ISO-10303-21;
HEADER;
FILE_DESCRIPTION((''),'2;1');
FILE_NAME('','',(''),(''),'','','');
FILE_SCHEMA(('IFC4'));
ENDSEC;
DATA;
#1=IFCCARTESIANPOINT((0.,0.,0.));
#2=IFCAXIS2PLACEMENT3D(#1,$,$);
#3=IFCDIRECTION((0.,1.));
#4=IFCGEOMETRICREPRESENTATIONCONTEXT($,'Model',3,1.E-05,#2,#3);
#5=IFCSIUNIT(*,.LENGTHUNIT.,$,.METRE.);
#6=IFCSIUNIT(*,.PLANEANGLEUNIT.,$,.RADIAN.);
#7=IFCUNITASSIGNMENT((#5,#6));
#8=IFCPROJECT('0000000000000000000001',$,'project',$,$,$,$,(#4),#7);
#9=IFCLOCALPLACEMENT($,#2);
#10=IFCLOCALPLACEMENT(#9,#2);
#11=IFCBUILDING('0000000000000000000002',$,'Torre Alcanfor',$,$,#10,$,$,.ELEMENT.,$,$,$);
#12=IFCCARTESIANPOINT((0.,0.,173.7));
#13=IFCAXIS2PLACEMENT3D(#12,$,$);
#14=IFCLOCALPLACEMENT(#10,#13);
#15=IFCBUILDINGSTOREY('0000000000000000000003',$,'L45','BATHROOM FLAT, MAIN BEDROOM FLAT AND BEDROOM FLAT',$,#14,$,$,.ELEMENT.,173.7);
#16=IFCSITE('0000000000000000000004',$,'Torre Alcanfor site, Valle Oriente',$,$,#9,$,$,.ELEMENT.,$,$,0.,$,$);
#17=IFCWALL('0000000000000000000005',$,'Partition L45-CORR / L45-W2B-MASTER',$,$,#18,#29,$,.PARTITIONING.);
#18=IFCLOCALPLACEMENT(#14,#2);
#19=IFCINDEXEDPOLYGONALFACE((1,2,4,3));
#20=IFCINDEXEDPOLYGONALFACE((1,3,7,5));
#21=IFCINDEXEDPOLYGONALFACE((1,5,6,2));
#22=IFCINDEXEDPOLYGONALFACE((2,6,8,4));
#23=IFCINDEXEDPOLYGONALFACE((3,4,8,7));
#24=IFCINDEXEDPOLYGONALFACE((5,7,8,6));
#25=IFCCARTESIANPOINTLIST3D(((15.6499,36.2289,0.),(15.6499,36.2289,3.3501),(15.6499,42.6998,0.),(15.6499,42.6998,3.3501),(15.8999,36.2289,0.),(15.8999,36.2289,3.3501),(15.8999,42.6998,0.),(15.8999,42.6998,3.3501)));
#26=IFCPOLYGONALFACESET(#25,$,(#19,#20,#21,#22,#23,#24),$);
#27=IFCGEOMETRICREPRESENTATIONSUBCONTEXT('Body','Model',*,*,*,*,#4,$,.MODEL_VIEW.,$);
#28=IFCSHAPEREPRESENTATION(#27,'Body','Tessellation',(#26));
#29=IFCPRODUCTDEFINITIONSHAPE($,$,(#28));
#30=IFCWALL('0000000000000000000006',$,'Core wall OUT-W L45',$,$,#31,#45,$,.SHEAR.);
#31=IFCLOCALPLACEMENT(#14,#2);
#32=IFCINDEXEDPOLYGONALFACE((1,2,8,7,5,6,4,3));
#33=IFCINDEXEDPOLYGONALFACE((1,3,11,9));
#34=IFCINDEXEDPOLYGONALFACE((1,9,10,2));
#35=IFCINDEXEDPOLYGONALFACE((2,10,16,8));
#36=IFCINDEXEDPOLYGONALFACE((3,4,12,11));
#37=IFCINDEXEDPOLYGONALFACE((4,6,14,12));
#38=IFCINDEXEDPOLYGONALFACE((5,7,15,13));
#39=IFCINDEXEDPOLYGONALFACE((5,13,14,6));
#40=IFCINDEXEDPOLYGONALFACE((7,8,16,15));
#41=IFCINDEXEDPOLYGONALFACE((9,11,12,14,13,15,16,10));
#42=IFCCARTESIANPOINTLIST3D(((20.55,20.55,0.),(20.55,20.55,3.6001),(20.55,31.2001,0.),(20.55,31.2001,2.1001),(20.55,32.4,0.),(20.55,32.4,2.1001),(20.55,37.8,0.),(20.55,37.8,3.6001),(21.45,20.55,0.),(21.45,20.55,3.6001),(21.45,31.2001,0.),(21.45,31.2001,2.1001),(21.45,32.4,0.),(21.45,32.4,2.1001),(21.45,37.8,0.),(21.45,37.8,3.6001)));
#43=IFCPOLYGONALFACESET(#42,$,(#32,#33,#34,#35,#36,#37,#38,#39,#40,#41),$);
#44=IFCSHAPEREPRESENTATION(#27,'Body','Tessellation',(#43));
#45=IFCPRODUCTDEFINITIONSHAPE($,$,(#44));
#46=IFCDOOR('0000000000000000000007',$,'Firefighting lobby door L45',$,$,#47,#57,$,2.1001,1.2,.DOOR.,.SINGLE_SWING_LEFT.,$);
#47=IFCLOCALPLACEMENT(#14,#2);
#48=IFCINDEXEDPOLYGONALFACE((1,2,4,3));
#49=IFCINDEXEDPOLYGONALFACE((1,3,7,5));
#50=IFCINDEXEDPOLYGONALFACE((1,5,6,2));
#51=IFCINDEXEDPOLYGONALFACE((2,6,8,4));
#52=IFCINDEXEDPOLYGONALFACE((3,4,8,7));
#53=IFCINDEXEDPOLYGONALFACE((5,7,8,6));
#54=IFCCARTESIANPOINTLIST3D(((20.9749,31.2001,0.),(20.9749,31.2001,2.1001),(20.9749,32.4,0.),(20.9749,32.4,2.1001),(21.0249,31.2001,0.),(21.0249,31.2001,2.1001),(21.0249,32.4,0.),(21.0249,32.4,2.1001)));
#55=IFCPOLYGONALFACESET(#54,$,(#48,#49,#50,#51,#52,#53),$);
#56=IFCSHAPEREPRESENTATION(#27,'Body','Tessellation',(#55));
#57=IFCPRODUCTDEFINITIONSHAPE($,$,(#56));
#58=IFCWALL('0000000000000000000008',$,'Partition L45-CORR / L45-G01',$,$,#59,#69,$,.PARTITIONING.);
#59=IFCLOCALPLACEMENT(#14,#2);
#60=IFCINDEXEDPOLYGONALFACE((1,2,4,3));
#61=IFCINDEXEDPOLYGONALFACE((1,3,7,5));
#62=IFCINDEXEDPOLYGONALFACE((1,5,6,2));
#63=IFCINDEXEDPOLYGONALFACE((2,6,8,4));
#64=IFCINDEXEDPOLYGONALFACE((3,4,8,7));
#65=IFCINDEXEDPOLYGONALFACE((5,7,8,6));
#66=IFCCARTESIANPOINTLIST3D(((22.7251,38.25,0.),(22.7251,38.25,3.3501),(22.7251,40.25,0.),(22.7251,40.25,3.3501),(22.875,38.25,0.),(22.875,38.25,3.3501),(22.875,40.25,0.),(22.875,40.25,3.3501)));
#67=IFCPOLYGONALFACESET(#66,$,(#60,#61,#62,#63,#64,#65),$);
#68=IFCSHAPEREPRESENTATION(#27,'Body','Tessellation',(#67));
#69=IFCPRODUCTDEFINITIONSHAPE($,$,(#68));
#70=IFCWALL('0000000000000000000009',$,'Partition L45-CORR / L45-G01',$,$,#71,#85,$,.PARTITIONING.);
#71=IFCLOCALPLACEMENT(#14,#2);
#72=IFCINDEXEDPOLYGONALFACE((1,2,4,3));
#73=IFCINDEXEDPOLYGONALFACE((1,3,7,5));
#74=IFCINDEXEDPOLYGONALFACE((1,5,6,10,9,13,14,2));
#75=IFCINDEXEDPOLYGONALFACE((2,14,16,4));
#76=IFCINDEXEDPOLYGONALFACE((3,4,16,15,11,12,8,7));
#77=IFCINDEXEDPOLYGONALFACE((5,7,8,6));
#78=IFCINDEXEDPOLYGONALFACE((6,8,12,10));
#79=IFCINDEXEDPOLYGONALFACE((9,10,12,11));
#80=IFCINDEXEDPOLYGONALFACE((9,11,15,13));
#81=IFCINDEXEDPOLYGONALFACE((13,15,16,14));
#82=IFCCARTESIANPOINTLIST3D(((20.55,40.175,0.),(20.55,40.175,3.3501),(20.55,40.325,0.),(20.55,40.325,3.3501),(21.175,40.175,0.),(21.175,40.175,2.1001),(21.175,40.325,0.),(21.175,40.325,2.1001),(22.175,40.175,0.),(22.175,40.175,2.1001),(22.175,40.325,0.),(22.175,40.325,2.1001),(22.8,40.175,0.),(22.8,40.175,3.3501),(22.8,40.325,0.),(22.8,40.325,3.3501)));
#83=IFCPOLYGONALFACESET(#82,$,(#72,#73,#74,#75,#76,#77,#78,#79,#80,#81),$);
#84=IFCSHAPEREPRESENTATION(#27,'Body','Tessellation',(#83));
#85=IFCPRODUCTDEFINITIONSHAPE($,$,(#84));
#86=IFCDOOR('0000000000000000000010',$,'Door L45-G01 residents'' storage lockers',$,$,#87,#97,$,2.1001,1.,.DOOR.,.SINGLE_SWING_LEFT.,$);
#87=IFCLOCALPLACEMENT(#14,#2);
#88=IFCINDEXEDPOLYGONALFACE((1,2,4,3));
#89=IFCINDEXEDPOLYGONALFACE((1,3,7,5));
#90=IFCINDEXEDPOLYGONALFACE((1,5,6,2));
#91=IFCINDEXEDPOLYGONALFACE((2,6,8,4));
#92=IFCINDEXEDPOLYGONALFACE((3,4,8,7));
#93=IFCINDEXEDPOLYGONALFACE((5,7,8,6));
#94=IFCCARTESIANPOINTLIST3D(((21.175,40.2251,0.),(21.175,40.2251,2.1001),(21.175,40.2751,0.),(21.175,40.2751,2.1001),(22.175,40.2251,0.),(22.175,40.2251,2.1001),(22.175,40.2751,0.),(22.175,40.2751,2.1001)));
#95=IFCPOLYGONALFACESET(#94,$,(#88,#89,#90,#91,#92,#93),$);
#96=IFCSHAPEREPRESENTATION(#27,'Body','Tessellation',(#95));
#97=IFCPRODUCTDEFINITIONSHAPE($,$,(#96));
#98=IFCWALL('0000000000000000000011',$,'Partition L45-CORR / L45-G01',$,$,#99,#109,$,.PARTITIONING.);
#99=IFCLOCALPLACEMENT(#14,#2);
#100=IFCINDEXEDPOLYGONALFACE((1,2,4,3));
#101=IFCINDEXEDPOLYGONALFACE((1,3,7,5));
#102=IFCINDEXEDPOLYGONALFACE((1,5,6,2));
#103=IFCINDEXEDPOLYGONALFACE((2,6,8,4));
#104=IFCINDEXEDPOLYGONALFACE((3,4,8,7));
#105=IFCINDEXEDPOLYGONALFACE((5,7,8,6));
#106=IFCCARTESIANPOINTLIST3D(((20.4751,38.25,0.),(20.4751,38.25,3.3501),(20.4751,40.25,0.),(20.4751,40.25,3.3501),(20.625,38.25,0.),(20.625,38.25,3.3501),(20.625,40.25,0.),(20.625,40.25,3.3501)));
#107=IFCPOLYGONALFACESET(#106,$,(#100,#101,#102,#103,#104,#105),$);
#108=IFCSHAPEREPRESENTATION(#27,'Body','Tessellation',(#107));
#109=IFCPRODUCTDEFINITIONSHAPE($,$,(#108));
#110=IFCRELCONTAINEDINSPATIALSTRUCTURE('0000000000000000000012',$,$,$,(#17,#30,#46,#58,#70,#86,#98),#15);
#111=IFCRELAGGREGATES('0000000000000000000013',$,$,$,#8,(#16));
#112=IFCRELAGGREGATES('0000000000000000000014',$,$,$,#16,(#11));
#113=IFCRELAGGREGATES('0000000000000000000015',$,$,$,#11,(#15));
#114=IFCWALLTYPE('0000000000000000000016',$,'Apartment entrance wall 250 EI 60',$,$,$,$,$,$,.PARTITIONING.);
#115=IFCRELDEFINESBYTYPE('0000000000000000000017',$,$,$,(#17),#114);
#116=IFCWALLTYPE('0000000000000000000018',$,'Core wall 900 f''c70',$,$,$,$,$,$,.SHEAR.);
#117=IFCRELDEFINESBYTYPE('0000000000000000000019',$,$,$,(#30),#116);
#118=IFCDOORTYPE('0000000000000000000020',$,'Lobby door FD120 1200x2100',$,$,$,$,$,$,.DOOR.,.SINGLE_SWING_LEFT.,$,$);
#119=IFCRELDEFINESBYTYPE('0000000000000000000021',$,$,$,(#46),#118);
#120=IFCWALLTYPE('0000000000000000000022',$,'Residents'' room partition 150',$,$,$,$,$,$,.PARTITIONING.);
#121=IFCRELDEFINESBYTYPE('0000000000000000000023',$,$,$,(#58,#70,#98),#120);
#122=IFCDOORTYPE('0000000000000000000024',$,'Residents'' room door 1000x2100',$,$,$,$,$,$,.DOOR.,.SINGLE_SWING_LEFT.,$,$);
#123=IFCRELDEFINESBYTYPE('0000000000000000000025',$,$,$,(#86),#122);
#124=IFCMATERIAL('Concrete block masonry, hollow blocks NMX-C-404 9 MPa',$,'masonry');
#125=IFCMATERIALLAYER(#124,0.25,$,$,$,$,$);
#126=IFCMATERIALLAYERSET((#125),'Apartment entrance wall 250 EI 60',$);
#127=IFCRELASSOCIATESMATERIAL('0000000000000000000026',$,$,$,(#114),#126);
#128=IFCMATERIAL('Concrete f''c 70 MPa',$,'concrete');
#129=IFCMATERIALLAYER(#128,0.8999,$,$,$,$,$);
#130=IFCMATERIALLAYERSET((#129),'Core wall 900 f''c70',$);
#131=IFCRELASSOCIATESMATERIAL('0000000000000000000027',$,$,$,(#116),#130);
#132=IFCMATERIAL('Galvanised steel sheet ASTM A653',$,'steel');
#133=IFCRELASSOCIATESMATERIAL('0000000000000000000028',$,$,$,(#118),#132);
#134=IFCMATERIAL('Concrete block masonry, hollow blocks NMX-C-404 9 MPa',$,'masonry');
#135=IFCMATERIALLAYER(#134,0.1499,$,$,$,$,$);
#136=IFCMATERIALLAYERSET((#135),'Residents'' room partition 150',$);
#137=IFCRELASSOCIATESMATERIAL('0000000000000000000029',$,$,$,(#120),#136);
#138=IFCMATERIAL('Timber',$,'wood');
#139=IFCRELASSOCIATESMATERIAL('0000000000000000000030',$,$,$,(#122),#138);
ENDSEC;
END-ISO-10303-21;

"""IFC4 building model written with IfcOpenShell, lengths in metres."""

from ifc_helpers import new_model, si_unit, direction, frame, frame_2d, origin, place, context, subcontext, project, spatial, rectangle, extrude, material, layer, layer_set, type_object, element, fill, save


model = new_model("IFC4")

# Units and contexts
model_context = context("Model", 3, precision=1e-05, world=origin(), true_north=direction((0.0, 1.0)))
body_context = subcontext(model_context, "Body", "Model", "MODEL_VIEW")
ifc_project = project(units=[si_unit("LENGTHUNIT", "METRE"), si_unit("PLANEANGLEUNIT", "RADIAN")], contexts=[model_context])

# Site, building, storey
site_placement = place(None, origin())
site = spatial("IfcSite", under=ifc_project, at=site_placement, Name="Torre Alcanfor site, Valle Oriente", CompositionType="ELEMENT", RefElevation=0.0)
building_placement = place(site_placement, origin())
building = spatial("IfcBuilding", under=site, at=building_placement, Name="Torre Alcanfor", CompositionType="ELEMENT")
storey_placement = place(building_placement, frame((0.0, 0.0, 173.7)))
storey = spatial("IfcBuildingStorey", under=building, at=storey_placement, Name="L45", Description="BATHROOM FLAT, MAIN BEDROOM FLAT AND BEDROOM FLAT", CompositionType="ELEMENT", Elevation=173.7)

# Wall
ifc_material_1 = material(Name="Concrete block masonry, hollow blocks NMX-C-404 9 MPa", Category="masonry")
ifc_layer_1 = layer(ifc_material_1, 0.25)
ifc_layer_set_1 = layer_set([ifc_layer_1], Name="Apartment entrance wall 250 EI 60")
wall_type_1 = type_object("IfcWallType", Name="Apartment entrance wall 250 EI 60", PredefinedType="PARTITIONING", material=ifc_layer_set_1)
wall_1_placement = place(storey_placement, frame((15.7749, 36.229, 0.0), z_axis=(0.0, 0.0, 1.0), x_axis=(0.0, 1.0, 0.0)))
element("IfcWall", 1, at=wall_1_placement, inside=storey, type_object=wall_type_1, Name="Partition L45-CORR / L45-W2B-MASTER", PredefinedType="PARTITIONING", context=body_context, shape_type="SweptSolid", body=[
    extrude(rectangle(XDim=6.4709, YDim=0.25, at=frame_2d((3.2354, 0.0))), origin(), (0.0, 0.0, 1.0), 3.3501),
])

# Wall, opening, door
ifc_material_2 = material(Name="Concrete f'c 70 MPa", Category="concrete")
ifc_layer_2 = layer(ifc_material_2, 0.8999)
ifc_layer_set_2 = layer_set([ifc_layer_2], Name="Core wall 900 f'c70")
wall_type_2 = type_object("IfcWallType", Name="Core wall 900 f'c70", PredefinedType="SHEAR", material=ifc_layer_set_2)
wall_2_placement = place(storey_placement, frame((21.0, 37.8, 0.0), z_axis=(0.0, 0.0, 1.0), x_axis=(0.0, -1.0, 0.0)))
wall_2 = element("IfcWall", 2, at=wall_2_placement, inside=storey, type_object=wall_type_2, Name="Core wall OUT-W L45", PredefinedType="SHEAR", context=body_context, shape_type="SweptSolid", body=[
    extrude(rectangle(XDim=17.25, YDim=0.8999, at=frame_2d((8.625, 0.0))), origin(), (0.0, 0.0, 1.0), 3.6001),
])
opening_1_placement = place(wall_2_placement, frame((5.3999, 0.0, 0.0)))
opening_1 = element("IfcOpeningElement", 3, at=opening_1_placement, cuts=wall_2, PredefinedType="OPENING", context=body_context, shape_type="SweptSolid", body=[
    extrude(rectangle(XDim=1.2, YDim=2.1001, at=frame_2d((0.6001, 1.05))), frame((0.0, 0.46, 0.0), z_axis=(0.0, -1.0, 0.0), x_axis=(1.0, 0.0, 0.0)), (0.0, 0.0, 1.0), 0.9199),
])
ifc_material_3 = material(Name="Galvanised steel sheet ASTM A653", Category="steel")
door_type_1 = type_object("IfcDoorType", Name="Lobby door FD120 1200x2100", OperationType="SINGLE_SWING_LEFT", PredefinedType="DOOR", material=ifc_material_3)
door_1_placement = place(opening_1_placement, origin())
door_1 = element("IfcDoor", 4, at=door_1_placement, inside=storey, type_object=door_type_1, Name="Firefighting lobby door L45", OperationType="SINGLE_SWING_LEFT", OverallHeight=2.1001, OverallWidth=1.2, PredefinedType="DOOR", context=body_context, shape_type="SweptSolid", body=[
    extrude(rectangle(XDim=1.2, YDim=2.1001, at=frame_2d((0.6001, 1.05))), frame((0.0, 0.0249, 0.0), z_axis=(0.0, -1.0, 0.0), x_axis=(1.0, 0.0, 0.0)), (0.0, 0.0, 1.0), 0.05),
])
fill(opening_1, door_1)

# Wall
ifc_material_4 = material(Name="Concrete block masonry, hollow blocks NMX-C-404 9 MPa", Category="masonry")
ifc_layer_3 = layer(ifc_material_4, 0.1499)
ifc_layer_set_3 = layer_set([ifc_layer_3], Name="Residents' room partition 150")
wall_type_3 = type_object("IfcWallType", Name="Residents' room partition 150", PredefinedType="PARTITIONING", material=ifc_layer_set_3)
wall_3_placement = place(storey_placement, frame((22.8, 38.25, 0.0), z_axis=(0.0, 0.0, 1.0), x_axis=(0.0, 1.0, 0.0)))
element("IfcWall", 5, at=wall_3_placement, inside=storey, type_object=wall_type_3, Name="Partition L45-CORR / L45-G01", PredefinedType="PARTITIONING", context=body_context, shape_type="SweptSolid", body=[
    extrude(rectangle(XDim=2.0, YDim=0.1499, at=frame_2d((1.0, 0.0))), origin(), (0.0, 0.0, 1.0), 3.3501),
])

# Wall, opening, door
wall_4_placement = place(storey_placement, frame((22.8, 40.25, 0.0), z_axis=(0.0, 0.0, 1.0), x_axis=(-1.0, 0.0, 0.0)))
wall_4 = element("IfcWall", 6, at=wall_4_placement, inside=storey, type_object=wall_type_3, Name="Partition L45-CORR / L45-G01", PredefinedType="PARTITIONING", context=body_context, shape_type="SweptSolid", body=[
    extrude(rectangle(XDim=2.25, YDim=0.1499, at=frame_2d((1.125, 0.0))), origin(), (0.0, 0.0, 1.0), 3.3501),
])
opening_2_placement = place(wall_4_placement, frame((0.625, 0.0, 0.0)))
opening_2 = element("IfcOpeningElement", 7, at=opening_2_placement, cuts=wall_4, PredefinedType="OPENING", context=body_context, shape_type="SweptSolid", body=[
    extrude(rectangle(XDim=1.0, YDim=2.1001, at=frame_2d((0.5, 1.05))), frame((0.0, 0.085, 0.0), z_axis=(0.0, -1.0, 0.0), x_axis=(1.0, 0.0, 0.0)), (0.0, 0.0, 1.0), 0.1699),
])
ifc_material_5 = material(Name="Timber", Category="wood")
door_type_2 = type_object("IfcDoorType", Name="Residents' room door 1000x2100", OperationType="SINGLE_SWING_LEFT", PredefinedType="DOOR", material=ifc_material_5)
door_2_placement = place(opening_2_placement, origin())
door_2 = element("IfcDoor", 8, at=door_2_placement, inside=storey, type_object=door_type_2, Name="Door L45-G01 residents' storage lockers", OperationType="SINGLE_SWING_LEFT", OverallHeight=2.1001, OverallWidth=1.0, PredefinedType="DOOR", context=body_context, shape_type="SweptSolid", body=[
    extrude(rectangle(XDim=1.0, YDim=2.1001, at=frame_2d((0.5, 1.05))), frame((0.0, 0.0249, 0.0), z_axis=(0.0, -1.0, 0.0), x_axis=(1.0, 0.0, 0.0)), (0.0, 0.0, 1.0), 0.05),
])
fill(opening_2, door_2)

# Wall
wall_5_placement = place(storey_placement, frame((20.55, 40.25, 0.0), z_axis=(0.0, 0.0, 1.0), x_axis=(0.0, -1.0, 0.0)))
element("IfcWall", 9, at=wall_5_placement, inside=storey, type_object=wall_type_3, Name="Partition L45-CORR / L45-G01", PredefinedType="PARTITIONING", context=body_context, shape_type="SweptSolid", body=[
    extrude(rectangle(XDim=2.0, YDim=0.1499, at=frame_2d((1.0, 0.0))), origin(), (0.0, 0.0, 1.0), 3.3501),
])

save(model, "model.ifc")
